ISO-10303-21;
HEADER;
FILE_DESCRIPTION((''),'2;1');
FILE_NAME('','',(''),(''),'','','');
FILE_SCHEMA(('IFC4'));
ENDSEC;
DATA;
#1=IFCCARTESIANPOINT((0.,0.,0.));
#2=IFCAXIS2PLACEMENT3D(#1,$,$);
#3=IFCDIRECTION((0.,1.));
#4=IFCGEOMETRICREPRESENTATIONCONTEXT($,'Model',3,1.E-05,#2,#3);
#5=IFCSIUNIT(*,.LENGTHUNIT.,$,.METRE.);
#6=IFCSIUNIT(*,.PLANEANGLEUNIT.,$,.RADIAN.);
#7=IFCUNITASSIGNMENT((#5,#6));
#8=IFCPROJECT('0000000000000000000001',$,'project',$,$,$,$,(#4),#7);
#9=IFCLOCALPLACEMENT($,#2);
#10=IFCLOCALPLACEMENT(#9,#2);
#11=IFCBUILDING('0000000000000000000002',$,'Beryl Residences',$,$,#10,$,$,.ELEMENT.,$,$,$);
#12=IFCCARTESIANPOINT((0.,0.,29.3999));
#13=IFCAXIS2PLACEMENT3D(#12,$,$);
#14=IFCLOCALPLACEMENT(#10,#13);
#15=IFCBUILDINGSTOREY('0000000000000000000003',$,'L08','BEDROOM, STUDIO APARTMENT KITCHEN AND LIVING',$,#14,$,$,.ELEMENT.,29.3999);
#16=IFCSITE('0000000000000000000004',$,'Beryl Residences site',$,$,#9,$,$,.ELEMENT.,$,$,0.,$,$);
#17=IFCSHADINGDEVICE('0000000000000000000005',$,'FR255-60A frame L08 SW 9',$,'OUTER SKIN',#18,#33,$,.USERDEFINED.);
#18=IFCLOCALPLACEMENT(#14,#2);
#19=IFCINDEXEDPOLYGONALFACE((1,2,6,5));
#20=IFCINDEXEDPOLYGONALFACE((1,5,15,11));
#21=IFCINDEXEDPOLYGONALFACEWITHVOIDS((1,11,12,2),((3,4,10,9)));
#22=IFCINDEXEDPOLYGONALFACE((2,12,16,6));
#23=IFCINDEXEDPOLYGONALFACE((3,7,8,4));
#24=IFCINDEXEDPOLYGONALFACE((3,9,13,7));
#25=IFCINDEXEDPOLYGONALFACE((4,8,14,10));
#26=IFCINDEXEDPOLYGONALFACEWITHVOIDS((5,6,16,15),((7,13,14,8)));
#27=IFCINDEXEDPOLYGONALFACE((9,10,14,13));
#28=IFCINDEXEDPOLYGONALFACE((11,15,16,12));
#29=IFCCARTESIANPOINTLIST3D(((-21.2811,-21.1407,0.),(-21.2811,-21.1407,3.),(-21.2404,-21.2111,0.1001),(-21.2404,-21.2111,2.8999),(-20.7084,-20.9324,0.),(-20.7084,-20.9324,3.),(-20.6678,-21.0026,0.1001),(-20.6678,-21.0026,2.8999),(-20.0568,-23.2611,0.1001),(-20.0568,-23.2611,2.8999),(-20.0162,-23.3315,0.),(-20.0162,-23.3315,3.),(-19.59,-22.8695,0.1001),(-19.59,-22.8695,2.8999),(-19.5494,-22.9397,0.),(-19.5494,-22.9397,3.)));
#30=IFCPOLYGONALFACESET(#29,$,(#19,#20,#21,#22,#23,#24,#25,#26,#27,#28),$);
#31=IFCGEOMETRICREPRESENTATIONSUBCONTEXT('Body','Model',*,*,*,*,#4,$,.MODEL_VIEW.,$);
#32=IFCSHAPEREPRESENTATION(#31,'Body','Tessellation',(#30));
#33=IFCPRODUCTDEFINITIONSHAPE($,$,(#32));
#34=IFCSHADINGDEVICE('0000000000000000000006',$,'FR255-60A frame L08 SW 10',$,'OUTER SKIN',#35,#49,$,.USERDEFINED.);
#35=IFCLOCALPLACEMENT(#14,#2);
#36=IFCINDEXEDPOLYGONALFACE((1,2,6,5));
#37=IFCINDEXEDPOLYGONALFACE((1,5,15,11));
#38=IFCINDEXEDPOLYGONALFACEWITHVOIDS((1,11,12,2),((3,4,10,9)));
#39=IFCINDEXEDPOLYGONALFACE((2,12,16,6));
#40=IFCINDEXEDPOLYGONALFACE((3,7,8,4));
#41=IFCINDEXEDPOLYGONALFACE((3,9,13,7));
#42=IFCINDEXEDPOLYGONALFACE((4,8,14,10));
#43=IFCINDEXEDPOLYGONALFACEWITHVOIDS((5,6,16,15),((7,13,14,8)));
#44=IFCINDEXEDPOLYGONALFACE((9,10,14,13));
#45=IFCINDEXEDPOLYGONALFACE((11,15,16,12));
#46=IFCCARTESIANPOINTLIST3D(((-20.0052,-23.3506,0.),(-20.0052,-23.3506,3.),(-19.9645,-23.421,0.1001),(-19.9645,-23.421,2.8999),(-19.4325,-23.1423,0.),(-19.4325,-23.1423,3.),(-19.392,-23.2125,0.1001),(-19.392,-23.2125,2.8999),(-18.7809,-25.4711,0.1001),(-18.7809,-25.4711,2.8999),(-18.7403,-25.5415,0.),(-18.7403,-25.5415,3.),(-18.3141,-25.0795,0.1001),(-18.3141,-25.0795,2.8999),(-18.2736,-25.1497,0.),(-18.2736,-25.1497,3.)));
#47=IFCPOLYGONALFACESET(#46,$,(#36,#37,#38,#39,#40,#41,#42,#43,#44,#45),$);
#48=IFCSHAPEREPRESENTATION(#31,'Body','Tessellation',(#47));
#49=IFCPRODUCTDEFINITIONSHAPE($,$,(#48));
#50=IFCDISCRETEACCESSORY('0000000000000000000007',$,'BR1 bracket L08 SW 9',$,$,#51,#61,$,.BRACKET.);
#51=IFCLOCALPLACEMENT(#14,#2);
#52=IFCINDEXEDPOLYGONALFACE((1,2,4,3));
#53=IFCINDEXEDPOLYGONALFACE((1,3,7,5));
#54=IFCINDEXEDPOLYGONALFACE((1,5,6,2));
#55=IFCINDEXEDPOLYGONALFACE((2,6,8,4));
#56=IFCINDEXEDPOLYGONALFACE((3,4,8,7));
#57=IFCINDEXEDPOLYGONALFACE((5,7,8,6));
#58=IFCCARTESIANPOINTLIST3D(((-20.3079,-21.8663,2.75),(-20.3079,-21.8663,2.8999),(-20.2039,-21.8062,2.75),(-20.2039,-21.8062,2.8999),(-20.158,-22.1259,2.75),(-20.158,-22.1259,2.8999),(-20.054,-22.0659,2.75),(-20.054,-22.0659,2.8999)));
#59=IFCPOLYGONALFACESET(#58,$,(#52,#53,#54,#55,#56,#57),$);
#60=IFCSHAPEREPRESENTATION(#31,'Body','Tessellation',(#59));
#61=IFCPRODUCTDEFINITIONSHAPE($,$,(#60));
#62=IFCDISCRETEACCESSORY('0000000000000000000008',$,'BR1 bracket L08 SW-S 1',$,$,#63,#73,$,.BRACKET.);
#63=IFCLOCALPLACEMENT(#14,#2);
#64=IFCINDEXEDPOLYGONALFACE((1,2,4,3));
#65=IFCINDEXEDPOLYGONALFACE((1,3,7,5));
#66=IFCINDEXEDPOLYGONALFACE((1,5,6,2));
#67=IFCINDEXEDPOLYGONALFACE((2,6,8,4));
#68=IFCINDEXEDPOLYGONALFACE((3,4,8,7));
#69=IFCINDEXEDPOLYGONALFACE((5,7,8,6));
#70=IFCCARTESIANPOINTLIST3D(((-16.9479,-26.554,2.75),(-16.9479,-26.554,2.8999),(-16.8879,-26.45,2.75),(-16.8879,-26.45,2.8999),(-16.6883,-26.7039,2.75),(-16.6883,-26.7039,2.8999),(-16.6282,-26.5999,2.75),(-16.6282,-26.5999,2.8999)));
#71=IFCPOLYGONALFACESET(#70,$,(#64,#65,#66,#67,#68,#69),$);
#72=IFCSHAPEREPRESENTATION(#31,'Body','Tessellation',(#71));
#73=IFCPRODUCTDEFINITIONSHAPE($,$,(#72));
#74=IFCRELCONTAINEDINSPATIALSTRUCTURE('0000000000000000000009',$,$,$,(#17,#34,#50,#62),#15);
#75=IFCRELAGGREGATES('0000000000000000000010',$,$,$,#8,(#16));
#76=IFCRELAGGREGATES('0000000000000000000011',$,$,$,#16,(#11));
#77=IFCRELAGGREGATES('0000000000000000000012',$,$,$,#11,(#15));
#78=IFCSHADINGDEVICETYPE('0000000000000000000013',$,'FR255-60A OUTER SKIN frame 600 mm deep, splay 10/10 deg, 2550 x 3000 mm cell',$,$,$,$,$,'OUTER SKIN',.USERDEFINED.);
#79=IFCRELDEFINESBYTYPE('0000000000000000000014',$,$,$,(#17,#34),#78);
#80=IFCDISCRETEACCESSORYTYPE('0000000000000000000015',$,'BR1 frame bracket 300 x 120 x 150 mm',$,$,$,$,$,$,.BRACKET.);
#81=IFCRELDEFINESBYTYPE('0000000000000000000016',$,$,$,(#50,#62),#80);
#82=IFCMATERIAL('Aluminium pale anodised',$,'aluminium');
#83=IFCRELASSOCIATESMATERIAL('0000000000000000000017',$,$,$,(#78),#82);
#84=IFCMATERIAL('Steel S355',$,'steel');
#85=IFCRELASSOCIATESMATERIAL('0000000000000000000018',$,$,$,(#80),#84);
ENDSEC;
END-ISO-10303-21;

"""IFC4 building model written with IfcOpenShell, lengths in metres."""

from ifc_helpers import new_model, entity, si_unit, direction, frame, origin, place, context, subcontext, project, spatial, polyline, outline, extrude, source, transform, mapped, material, type_object, type_shapes, element, save


model = new_model("IFC4")

# Units and contexts
model_context = context("Model", 3, precision=1e-05, world=origin(), true_north=direction((0.0, 1.0)))
body_context = subcontext(model_context, "Body", "Model", "MODEL_VIEW")
ifc_project = project(units=[si_unit("LENGTHUNIT", "METRE"), si_unit("PLANEANGLEUNIT", "RADIAN")], contexts=[model_context])

# Site, building, storey
site_placement = place(None, origin())
site = spatial("IfcSite", under=ifc_project, at=site_placement, Name="Beryl Residences site", CompositionType="ELEMENT", RefElevation=0.0)
building_placement = place(site_placement, origin())
building = spatial("IfcBuilding", under=site, at=building_placement, Name="Beryl Residences", CompositionType="ELEMENT")
storey_placement = place(building_placement, frame((0.0, 0.0, 29.3999)))
storey = spatial("IfcBuildingStorey", under=building, at=storey_placement, Name="L08", Description="BEDROOM, STUDIO APARTMENT KITCHEN AND LIVING", CompositionType="ELEMENT", Elevation=29.3999)

# Shading devices
ifc_material_1 = material(Name="Aluminium pale anodised", Category="aluminium")
shading_device_type_1 = type_object("IfcShadingDeviceType", Name="FR255-60A OUTER SKIN frame 600 mm deep, splay 10/10 deg, 2550 x 3000 mm cell", ElementType="OUTER SKIN", PredefinedType="USERDEFINED", material=ifc_material_1)
cartesian_point_1 = entity("IfcCartesianPoint", [-1.1589, 0.0])
cartesian_point_2 = entity("IfcCartesianPoint", [-1.0779, 0.1001])
cartesian_point_3 = entity("IfcCartesianPoint", [-1.2649, 0.0])
cartesian_point_4 = entity("IfcCartesianPoint", [-1.1836, 0.1001])
shared_shape_1 = source(origin(), body_context, "Body", "SweptSolid", [
    entity("IfcExtrudedAreaSolidTapered", entity("IfcArbitraryProfileDefWithVoids", "AREA", None, entity("IfcPolyline", [cartesian_point_1, entity("IfcCartesianPoint", [1.1589, 0.0]), entity("IfcCartesianPoint", [1.1589, 3.0]), entity("IfcCartesianPoint", [-1.1589, 3.0]), cartesian_point_1]), [entity("IfcPolyline", [cartesian_point_2, entity("IfcCartesianPoint", [1.0779, 0.1001]), entity("IfcCartesianPoint", [1.0779, 2.8999]), entity("IfcCartesianPoint", [-1.0779, 2.8999]), cartesian_point_2])]), entity("IfcAxis2Placement3D", entity("IfcCartesianPoint", [0.0, 0.0, 0.0]), entity("IfcDirection", [0.0, 1.0, 0.0]), entity("IfcDirection", [-1.0, 0.0, 0.0])), entity("IfcDirection", [0.0, 0.0, 1.0]), 0.6001, entity("IfcArbitraryProfileDefWithVoids", "AREA", None, entity("IfcPolyline", [cartesian_point_3, entity("IfcCartesianPoint", [1.2649, 0.0]), entity("IfcCartesianPoint", [1.2649, 3.0]), entity("IfcCartesianPoint", [-1.2649, 3.0]), cartesian_point_3]), [entity("IfcPolyline", [cartesian_point_4, entity("IfcCartesianPoint", [1.1836, 0.1001]), entity("IfcCartesianPoint", [1.1836, 2.8999]), entity("IfcCartesianPoint", [-1.1836, 2.8999]), cartesian_point_4])])),
])
type_shapes(shading_device_type_1, [shared_shape_1])
for number, where, z_axis, x_axis, name in (
    (1, (-20.1289, -21.936, 0.0), (0.0, 0.0, 1.0), (-0.5, 0.866025, 0.0), "FR255-60A frame L08 SW 9"),
    (2, (-18.853, -24.146, 0.0), (0.0, 0.0, 1.0), (-0.5, 0.866025, 0.0), "FR255-60A frame L08 SW 10"),
):
    element("IfcShadingDevice", number, at=place(storey_placement, frame(where, z_axis=z_axis, x_axis=x_axis)), inside=storey, type_object=shading_device_type_1, Name=name, ObjectType="OUTER SKIN", PredefinedType="USERDEFINED", context=body_context, shape_type="MappedRepresentation", body=[
        mapped(shared_shape_1, transform((0.0, 0.0, 0.0))),
    ])

# Discrete accessories
ifc_material_2 = material(Name="Steel S355", Category="steel")
discrete_accessory_type = type_object("IfcDiscreteAccessoryType", Name="BR1 frame bracket 300 x 120 x 150 mm", PredefinedType="BRACKET", material=ifc_material_2)
shared_shape_2 = source(origin(), body_context, "Body", "SweptSolid", [
    extrude(outline(polyline([(-0.1499, 0.0), (0.1499, 0.0), (0.1499, 0.1201), (-0.1499, 0.1201), (-0.1499, 0.0)])), origin(), (0.0, 0.0, 1.0), 0.1499),
])
type_shapes(discrete_accessory_type, [shared_shape_2])
for number, where, z_axis, x_axis, name in (
    (3, (-20.1289, -21.936, 2.75), (0.0, 0.0, 1.0), (-0.5, 0.866025, 0.0), "BR1 bracket L08 SW 9"),
    (4, (-16.7581, -26.5249, 2.75), (0.0, 0.0, 1.0), (-0.866025, 0.5, 0.0), "BR1 bracket L08 SW-S 1"),
):
    element("IfcDiscreteAccessory", number, at=place(storey_placement, frame(where, z_axis=z_axis, x_axis=x_axis)), inside=storey, type_object=discrete_accessory_type, Name=name, PredefinedType="BRACKET", context=body_context, shape_type="MappedRepresentation", body=[
        mapped(shared_shape_2, transform((0.0, 0.0, 0.0))),
    ])

save(model, "model.ifc")
